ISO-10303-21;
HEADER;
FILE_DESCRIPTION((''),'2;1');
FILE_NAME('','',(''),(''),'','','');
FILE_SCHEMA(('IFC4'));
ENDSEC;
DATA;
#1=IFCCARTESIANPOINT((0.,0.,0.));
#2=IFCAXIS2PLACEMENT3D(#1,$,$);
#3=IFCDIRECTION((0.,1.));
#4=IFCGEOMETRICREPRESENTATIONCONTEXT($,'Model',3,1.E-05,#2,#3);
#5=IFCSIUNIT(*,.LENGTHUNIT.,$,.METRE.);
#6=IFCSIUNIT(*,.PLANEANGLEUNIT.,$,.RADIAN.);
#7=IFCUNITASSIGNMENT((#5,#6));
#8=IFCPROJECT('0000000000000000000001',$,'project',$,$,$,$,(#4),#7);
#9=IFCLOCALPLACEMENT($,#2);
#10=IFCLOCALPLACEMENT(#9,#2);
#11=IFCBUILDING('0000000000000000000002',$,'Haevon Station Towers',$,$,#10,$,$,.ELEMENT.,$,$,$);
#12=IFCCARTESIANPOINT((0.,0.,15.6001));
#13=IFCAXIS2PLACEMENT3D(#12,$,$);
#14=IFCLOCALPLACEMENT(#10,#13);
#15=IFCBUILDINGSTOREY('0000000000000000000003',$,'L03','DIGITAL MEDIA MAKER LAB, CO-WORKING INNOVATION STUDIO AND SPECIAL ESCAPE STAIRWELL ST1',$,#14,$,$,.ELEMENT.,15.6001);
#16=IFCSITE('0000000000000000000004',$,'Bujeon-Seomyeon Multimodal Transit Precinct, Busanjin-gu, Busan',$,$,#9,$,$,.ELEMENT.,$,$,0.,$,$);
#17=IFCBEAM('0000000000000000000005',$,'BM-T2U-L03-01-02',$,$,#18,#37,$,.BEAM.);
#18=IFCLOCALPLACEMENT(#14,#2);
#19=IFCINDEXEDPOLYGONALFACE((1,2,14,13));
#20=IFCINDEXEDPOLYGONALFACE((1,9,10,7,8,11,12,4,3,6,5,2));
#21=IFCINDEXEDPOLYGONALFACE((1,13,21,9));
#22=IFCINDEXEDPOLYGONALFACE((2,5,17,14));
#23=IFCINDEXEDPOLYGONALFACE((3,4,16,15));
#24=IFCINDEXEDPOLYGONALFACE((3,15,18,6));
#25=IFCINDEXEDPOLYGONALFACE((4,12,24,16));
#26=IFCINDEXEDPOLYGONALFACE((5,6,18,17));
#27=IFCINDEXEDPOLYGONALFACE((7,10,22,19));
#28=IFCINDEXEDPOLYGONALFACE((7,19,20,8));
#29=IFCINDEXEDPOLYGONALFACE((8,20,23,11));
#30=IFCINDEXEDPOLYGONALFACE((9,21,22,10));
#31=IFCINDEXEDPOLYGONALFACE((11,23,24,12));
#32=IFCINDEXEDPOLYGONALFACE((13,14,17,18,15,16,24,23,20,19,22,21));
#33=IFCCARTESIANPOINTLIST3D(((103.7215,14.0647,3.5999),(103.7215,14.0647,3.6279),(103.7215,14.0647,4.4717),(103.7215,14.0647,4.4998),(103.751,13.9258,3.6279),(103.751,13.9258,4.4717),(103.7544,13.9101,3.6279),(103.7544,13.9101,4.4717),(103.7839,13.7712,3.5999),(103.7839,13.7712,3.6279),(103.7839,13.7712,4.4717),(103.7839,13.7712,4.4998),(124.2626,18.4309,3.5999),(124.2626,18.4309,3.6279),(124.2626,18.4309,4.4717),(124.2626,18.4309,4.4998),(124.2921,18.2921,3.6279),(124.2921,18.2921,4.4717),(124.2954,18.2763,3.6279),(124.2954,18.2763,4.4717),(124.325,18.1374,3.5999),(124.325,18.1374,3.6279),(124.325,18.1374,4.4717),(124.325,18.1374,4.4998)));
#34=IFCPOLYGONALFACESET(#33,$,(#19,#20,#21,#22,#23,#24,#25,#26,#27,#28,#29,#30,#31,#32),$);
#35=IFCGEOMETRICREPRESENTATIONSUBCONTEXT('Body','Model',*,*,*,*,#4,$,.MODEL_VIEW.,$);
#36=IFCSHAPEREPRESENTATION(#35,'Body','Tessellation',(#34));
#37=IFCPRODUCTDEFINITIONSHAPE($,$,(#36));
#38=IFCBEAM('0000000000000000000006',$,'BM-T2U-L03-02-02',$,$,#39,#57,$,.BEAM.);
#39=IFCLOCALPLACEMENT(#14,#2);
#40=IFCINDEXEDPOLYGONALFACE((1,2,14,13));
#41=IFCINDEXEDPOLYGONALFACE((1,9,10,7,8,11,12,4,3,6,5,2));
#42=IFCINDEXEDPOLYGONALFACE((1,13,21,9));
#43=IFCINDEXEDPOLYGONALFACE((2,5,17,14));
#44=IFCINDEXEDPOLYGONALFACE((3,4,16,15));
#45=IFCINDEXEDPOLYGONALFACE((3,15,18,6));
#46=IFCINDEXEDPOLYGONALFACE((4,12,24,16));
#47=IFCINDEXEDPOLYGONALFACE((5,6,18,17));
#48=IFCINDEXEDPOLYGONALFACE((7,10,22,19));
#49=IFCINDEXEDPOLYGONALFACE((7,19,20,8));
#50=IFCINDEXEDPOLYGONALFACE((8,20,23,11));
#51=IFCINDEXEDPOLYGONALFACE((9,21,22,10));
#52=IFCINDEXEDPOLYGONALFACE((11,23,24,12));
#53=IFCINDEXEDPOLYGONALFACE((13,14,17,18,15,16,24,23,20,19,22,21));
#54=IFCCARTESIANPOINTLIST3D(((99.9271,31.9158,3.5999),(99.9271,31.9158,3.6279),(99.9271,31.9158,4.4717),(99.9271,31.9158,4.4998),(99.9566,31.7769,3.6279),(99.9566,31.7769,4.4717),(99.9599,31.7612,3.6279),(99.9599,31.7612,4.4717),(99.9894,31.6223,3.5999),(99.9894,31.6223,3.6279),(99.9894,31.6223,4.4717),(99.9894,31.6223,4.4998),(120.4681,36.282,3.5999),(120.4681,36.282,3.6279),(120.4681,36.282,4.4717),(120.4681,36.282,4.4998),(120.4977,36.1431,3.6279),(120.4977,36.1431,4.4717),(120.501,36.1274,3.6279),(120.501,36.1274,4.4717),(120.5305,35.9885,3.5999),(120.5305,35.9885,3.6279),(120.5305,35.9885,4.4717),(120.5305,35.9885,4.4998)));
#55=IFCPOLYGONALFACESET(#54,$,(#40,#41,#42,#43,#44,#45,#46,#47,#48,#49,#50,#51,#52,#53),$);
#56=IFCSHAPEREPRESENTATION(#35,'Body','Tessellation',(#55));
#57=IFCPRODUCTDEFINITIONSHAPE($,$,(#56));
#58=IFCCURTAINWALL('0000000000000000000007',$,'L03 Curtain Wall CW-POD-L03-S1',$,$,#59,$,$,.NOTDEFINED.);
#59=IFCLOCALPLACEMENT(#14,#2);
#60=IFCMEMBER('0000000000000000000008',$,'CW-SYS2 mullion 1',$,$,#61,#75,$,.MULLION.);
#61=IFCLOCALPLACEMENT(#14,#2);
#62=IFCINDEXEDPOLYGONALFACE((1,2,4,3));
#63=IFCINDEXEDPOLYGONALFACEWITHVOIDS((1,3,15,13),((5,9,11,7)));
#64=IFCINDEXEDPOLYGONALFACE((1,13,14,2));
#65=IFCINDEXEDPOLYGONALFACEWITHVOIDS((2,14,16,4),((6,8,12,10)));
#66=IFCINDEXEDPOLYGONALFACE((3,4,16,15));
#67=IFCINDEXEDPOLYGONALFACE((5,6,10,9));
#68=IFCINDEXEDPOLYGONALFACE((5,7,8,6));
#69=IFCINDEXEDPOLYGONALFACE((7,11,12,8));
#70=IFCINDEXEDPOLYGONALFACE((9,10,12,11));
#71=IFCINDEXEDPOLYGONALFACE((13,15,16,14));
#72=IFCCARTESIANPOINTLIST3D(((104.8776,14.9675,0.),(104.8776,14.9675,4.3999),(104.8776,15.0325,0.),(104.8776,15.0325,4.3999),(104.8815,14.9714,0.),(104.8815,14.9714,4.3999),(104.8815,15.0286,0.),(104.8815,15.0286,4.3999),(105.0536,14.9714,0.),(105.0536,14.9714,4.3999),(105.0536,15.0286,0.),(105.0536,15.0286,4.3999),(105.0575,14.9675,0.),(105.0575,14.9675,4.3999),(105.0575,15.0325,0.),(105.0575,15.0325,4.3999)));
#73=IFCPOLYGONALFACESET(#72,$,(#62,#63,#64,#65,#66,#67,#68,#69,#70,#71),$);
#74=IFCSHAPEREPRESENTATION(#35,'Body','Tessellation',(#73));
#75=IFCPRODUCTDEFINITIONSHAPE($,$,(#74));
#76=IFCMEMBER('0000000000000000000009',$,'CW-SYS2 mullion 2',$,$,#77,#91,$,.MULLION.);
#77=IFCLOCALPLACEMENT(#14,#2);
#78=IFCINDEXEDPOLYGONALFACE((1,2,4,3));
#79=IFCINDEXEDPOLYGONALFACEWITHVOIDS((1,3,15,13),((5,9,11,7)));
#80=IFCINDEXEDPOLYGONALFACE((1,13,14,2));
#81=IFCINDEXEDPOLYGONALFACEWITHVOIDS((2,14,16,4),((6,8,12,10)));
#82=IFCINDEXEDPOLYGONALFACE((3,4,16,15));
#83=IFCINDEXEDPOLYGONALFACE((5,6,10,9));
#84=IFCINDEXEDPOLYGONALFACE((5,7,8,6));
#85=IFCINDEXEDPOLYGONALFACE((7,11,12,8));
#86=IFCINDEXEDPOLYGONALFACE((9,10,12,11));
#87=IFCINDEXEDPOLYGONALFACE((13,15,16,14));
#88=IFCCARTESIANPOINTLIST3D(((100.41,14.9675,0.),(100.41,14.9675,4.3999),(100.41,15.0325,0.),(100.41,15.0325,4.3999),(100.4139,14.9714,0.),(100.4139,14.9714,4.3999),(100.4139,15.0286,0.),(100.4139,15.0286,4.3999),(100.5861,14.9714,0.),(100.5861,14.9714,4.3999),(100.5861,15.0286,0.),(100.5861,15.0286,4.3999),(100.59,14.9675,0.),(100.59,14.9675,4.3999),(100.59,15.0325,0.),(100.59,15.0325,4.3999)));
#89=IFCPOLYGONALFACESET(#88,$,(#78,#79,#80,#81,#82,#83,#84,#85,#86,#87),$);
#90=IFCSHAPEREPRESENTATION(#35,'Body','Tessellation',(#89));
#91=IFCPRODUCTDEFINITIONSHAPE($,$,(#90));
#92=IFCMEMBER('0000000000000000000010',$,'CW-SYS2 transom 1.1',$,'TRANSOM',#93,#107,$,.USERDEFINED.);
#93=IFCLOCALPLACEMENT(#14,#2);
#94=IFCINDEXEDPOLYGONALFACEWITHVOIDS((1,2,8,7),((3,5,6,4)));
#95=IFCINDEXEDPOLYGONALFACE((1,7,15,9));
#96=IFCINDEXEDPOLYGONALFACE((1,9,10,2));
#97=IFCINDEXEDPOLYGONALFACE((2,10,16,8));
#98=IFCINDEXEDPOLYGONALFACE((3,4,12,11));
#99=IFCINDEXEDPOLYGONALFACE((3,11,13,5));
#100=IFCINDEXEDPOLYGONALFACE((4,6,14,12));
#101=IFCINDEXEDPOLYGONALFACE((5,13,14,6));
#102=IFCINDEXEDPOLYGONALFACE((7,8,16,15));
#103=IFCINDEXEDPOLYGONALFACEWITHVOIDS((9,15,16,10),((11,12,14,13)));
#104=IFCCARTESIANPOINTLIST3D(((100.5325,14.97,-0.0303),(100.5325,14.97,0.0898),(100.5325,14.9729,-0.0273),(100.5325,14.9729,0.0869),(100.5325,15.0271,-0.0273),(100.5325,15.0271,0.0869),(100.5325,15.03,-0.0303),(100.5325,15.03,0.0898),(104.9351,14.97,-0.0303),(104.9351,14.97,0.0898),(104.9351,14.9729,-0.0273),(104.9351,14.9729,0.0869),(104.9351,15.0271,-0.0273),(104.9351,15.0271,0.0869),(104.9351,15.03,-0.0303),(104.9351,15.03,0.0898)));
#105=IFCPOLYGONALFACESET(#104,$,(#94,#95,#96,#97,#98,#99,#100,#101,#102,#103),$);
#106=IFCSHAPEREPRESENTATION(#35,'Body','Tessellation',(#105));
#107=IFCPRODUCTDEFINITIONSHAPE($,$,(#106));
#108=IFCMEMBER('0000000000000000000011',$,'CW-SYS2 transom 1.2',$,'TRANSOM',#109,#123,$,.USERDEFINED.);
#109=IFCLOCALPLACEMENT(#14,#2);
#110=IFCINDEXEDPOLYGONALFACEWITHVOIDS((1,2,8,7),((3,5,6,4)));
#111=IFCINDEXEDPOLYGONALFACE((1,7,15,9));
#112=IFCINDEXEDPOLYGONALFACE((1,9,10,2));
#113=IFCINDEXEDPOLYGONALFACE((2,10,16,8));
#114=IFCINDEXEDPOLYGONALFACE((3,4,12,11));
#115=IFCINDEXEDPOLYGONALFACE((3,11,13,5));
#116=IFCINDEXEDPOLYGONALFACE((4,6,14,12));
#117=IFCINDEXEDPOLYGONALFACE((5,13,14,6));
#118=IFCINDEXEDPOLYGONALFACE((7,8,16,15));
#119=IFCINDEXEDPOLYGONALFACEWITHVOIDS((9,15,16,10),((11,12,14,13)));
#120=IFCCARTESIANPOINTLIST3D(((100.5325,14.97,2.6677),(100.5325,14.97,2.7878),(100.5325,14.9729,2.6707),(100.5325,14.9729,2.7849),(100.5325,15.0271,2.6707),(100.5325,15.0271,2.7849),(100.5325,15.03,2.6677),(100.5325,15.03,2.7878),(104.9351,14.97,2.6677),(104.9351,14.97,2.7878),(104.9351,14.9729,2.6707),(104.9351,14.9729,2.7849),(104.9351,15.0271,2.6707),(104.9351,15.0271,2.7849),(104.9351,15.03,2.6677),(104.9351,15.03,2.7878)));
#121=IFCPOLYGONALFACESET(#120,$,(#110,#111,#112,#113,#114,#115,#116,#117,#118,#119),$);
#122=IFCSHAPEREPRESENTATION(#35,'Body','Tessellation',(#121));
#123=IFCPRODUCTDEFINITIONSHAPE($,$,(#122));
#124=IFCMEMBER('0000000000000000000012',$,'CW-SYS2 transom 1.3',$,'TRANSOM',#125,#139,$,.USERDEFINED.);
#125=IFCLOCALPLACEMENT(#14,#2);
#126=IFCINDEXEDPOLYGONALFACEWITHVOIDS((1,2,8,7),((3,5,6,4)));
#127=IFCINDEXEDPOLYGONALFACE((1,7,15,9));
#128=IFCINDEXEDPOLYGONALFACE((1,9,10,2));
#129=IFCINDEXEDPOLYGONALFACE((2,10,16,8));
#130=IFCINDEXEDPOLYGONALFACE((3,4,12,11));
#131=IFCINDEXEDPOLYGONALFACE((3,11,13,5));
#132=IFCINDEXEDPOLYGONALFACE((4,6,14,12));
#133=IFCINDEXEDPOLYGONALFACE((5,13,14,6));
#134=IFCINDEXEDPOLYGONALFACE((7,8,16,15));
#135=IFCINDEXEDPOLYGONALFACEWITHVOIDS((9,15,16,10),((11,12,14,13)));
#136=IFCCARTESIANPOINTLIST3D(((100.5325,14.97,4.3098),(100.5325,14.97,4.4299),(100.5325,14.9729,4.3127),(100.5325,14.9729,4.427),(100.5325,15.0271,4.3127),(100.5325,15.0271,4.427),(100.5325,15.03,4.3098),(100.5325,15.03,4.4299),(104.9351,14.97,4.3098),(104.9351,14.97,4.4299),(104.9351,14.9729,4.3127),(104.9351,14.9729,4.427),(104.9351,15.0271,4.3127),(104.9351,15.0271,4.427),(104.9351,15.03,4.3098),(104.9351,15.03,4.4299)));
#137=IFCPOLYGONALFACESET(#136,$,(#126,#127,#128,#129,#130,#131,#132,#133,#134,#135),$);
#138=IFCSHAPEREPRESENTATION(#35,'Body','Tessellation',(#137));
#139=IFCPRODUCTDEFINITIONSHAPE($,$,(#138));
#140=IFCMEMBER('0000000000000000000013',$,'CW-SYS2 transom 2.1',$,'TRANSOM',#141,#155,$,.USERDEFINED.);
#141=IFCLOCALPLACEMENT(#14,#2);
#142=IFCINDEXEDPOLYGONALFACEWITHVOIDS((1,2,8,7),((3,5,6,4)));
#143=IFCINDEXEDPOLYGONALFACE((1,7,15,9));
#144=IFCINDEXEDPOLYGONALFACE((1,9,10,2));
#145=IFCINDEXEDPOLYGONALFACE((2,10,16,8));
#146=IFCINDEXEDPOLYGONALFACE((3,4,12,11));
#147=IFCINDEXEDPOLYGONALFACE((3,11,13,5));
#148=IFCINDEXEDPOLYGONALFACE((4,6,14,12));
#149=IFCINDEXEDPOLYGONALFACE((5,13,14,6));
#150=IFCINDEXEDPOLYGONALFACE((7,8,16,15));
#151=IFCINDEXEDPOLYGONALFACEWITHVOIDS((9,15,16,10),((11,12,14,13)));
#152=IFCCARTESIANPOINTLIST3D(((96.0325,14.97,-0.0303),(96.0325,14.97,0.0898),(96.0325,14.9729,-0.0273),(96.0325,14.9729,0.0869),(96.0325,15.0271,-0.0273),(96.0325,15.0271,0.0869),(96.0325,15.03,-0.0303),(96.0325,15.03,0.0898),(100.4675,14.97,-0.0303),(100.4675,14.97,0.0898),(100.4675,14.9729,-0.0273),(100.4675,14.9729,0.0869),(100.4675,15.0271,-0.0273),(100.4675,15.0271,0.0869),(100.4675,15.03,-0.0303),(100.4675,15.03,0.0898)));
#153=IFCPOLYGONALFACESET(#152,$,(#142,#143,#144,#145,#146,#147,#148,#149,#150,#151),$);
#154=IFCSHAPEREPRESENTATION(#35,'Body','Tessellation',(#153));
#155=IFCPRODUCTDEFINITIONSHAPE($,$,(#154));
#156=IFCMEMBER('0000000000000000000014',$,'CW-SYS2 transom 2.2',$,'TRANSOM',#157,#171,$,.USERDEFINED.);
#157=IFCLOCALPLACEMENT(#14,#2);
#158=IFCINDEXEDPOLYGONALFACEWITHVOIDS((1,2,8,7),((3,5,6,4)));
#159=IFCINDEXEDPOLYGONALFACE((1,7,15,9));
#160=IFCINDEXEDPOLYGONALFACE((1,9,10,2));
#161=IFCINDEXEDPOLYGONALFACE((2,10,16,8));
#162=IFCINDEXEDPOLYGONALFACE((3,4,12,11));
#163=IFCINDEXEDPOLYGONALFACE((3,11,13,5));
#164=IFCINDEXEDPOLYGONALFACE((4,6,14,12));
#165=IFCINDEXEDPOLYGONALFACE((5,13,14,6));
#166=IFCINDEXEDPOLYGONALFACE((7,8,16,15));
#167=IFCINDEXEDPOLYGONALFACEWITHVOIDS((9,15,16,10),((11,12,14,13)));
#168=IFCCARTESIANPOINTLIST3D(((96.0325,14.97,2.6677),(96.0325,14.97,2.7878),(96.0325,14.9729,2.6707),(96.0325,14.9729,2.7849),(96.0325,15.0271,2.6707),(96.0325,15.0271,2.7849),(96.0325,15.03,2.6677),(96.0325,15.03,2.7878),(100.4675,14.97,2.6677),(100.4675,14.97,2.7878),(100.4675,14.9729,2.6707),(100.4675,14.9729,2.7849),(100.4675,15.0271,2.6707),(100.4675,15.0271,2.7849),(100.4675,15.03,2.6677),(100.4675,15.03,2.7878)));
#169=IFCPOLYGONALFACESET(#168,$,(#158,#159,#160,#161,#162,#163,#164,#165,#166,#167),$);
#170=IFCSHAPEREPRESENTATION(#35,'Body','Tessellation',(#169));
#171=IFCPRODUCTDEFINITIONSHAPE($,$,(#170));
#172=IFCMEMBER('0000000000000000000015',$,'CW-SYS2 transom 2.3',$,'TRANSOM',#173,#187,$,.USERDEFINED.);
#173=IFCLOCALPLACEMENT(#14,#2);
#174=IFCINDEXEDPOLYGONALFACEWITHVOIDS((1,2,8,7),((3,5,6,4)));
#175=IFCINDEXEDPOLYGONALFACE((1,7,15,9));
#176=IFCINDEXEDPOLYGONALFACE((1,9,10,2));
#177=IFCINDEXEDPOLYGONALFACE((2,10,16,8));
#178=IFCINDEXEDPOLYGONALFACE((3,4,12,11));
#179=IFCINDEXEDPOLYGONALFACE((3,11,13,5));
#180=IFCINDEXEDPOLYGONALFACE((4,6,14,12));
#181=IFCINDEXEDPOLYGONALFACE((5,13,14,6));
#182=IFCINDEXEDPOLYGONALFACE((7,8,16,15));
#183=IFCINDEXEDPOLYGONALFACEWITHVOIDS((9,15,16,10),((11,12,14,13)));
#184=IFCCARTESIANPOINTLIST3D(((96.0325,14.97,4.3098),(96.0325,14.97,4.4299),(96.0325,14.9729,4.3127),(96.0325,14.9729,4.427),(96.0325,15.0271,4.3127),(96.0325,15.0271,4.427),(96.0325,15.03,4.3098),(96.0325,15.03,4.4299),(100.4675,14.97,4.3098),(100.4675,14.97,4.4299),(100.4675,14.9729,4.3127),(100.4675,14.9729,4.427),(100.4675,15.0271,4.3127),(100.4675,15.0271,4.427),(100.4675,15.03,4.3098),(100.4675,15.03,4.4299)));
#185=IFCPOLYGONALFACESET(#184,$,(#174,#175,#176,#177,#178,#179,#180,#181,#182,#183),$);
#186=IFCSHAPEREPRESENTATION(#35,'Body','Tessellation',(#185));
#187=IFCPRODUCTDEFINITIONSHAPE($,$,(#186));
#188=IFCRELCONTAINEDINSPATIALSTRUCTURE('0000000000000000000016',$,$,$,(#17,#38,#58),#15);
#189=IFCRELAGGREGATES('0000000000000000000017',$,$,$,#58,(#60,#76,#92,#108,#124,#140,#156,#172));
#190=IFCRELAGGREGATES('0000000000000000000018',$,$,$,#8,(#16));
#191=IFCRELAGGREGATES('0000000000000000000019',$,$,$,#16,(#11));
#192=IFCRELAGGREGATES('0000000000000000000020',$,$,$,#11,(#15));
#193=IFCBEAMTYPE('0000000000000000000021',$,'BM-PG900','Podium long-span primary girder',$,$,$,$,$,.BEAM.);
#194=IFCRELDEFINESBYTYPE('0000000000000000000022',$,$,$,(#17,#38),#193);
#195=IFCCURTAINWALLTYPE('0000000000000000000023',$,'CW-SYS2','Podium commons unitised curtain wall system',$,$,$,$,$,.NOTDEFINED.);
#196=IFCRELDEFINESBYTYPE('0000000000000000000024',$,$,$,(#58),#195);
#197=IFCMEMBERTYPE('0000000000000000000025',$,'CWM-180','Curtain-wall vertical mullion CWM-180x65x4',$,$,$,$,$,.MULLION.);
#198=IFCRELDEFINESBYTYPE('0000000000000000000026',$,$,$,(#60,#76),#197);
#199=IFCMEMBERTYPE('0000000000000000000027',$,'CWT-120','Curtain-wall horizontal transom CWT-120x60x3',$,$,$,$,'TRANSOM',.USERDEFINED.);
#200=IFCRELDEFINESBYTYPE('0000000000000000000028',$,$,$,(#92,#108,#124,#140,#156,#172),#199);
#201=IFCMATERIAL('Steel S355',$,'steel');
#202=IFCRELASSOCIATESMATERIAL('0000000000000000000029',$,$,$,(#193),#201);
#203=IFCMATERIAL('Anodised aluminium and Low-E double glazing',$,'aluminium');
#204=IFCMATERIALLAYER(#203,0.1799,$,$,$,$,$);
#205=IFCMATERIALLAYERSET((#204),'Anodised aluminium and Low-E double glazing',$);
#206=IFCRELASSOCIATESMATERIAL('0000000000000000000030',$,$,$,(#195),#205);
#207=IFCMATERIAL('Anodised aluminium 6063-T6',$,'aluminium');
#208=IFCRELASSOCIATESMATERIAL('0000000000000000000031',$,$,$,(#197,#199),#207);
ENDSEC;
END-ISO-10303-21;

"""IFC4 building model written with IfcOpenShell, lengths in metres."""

from ifc_helpers import new_model, si_unit, direction, frame, origin, origin_2d, place, context, subcontext, project, spatial, hollow_rectangle, i_section, extrude, material, layer, layer_set, material_profile, profile_set, type_object, element, aggregate, save


model = new_model("IFC4")

# Units and contexts
model_context = context("Model", 3, precision=1e-05, world=origin(), true_north=direction((0.0, 1.0)))
body_context = subcontext(model_context, "Body", "Model", "MODEL_VIEW")
ifc_project = project(units=[si_unit("LENGTHUNIT", "METRE"), si_unit("PLANEANGLEUNIT", "RADIAN")], contexts=[model_context])

# Site, building, storey
site_placement = place(None, origin())
site = spatial("IfcSite", under=ifc_project, at=site_placement, Name="Bujeon-Seomyeon Multimodal Transit Precinct, Busanjin-gu, Busan", CompositionType="ELEMENT", RefElevation=0.0)
building_placement = place(site_placement, origin())
building = spatial("IfcBuilding", under=site, at=building_placement, Name="Haevon Station Towers", CompositionType="ELEMENT")
storey_placement = place(building_placement, frame((0.0, 0.0, 15.6001)))
storey = spatial("IfcBuildingStorey", under=building, at=storey_placement, Name="L03", Description="DIGITAL MEDIA MAKER LAB, CO-WORKING INNOVATION STUDIO AND SPECIAL ESCAPE STAIRWELL ST1", CompositionType="ELEMENT", Elevation=15.6001)

# Beams
ifc_material_1 = material(Name="Steel S355", Category="steel")
ifc_material_profile_1 = material_profile(ifc_material_1, i_section(OverallWidth=0.3, OverallDepth=0.8999, WebThickness=0.0161, FlangeThickness=0.0281, at=origin_2d()), Name="H-900x300x16x28")
ifc_profile_set_1 = profile_set([ifc_material_profile_1], Name="Steel S355")
beam_type_1 = type_object("IfcBeamType", Name="BM-PG900", Description="Podium long-span primary girder", PredefinedType="BEAM", material=ifc_profile_set_1)
for number, where, z_axis, x_axis, name in (
    (1, (103.7527, 13.918, 4.0498), (0.978147, 0.207915, 0.0), (-0.207915, 0.978147, 0.0), "BM-T2U-L03-01-02"),
    (2, (99.9583, 31.769, 4.0498), (0.978147, 0.207915, 0.0), (-0.207915, 0.978147, 0.0), "BM-T2U-L03-02-02"),
):
    element("IfcBeam", number, at=place(storey_placement, frame(where, z_axis=z_axis, x_axis=x_axis)), inside=storey, type_object=beam_type_1, Name=name, PredefinedType="BEAM", context=body_context, shape_type="SweptSolid", body=[
        extrude(i_section(OverallWidth=0.3, OverallDepth=0.8999, WebThickness=0.0161, FlangeThickness=0.0281, at=origin_2d()), origin(), (0.0, 0.0, 1.0), 21.0),
    ])

# Curtain wall, members
ifc_material_2 = material(Name="Anodised aluminium and Low-E double glazing", Category="aluminium")
ifc_layer_1 = layer(ifc_material_2, 0.1799)
ifc_layer_set_1 = layer_set([ifc_layer_1], Name="Anodised aluminium and Low-E double glazing")
curtain_wall_type = type_object("IfcCurtainWallType", Name="CW-SYS2", Description="Podium commons unitised curtain wall system", PredefinedType="NOTDEFINED", material=ifc_layer_set_1)
curtain_wall_placement = place(storey_placement, origin())
curtain_wall = element("IfcCurtainWall", 3, at=curtain_wall_placement, inside=storey, type_object=curtain_wall_type, Name="L03 Curtain Wall CW-POD-L03-S1", PredefinedType="NOTDEFINED")
ifc_material_3 = material(Name="Anodised aluminium 6063-T6", Category="aluminium")
ifc_material_profile_2 = material_profile(ifc_material_3, hollow_rectangle(XDim=0.0649, YDim=0.1799, WallThickness=0.0039, at=origin_2d()), Name="CWM-180x65x4")
ifc_profile_set_2 = profile_set([ifc_material_profile_2], Name="Anodised aluminium 6063-T6")
member_type_1 = type_object("IfcMemberType", Name="CWM-180", Description="Curtain-wall vertical mullion CWM-180x65x4", PredefinedType="MULLION", material=ifc_profile_set_2)
member_1_placement = place(storey_placement, frame((104.9675, 15.0, 0.0), z_axis=(0.0, 0.0, 1.0), x_axis=(0.0, -1.0, 0.0)))
member_1 = element("IfcMember", 4, at=member_1_placement, type_object=member_type_1, Name="CW-SYS2 mullion 1", PredefinedType="MULLION", context=body_context, shape_type="SweptSolid", body=[
    extrude(hollow_rectangle(XDim=0.0649, YDim=0.1799, WallThickness=0.0039, at=origin_2d()), origin(), (0.0, 0.0, 1.0), 4.3999),
])
member_2_placement = place(storey_placement, frame((100.5, 15.0, 0.0), z_axis=(0.0, 0.0, 1.0), x_axis=(0.0, -1.0, 0.0)))
member_2 = element("IfcMember", 5, at=member_2_placement, type_object=member_type_1, Name="CW-SYS2 mullion 2", PredefinedType="MULLION", context=body_context, shape_type="SweptSolid", body=[
    extrude(hollow_rectangle(XDim=0.0649, YDim=0.1799, WallThickness=0.0039, at=origin_2d()), origin(), (0.0, 0.0, 1.0), 4.3999),
])
ifc_material_profile_3 = material_profile(ifc_material_3, hollow_rectangle(XDim=0.0601, YDim=0.1201, WallThickness=0.0029, at=origin_2d()), Name="CWT-120x60x3")
ifc_profile_set_3 = profile_set([ifc_material_profile_3], Name="Anodised aluminium 6063-T6")
member_type_2 = type_object("IfcMemberType", Name="CWT-120", Description="Curtain-wall horizontal transom CWT-120x60x3", ElementType="TRANSOM", PredefinedType="USERDEFINED", material=ifc_profile_set_3)
member_3_placement = place(storey_placement, frame((104.9351, 15.0, 0.0298), z_axis=(-1.0, 0.0, 0.0), x_axis=(0.0, -1.0, 0.0)))
member_3 = element("IfcMember", 6, at=member_3_placement, type_object=member_type_2, Name="CW-SYS2 transom 1.1", ObjectType="TRANSOM", PredefinedType="USERDEFINED", context=body_context, shape_type="SweptSolid", body=[
    extrude(hollow_rectangle(XDim=0.0601, YDim=0.1201, WallThickness=0.0029, at=origin_2d()), origin(), (0.0, 0.0, 1.0), 4.4026),
])
member_4_placement = place(storey_placement, frame((104.9351, 15.0, 2.7278), z_axis=(-1.0, 0.0, 0.0), x_axis=(0.0, -1.0, 0.0)))
member_4 = element("IfcMember", 7, at=member_4_placement, type_object=member_type_2, Name="CW-SYS2 transom 1.2", ObjectType="TRANSOM", PredefinedType="USERDEFINED", context=body_context, shape_type="SweptSolid", body=[
    extrude(hollow_rectangle(XDim=0.0601, YDim=0.1201, WallThickness=0.0029, at=origin_2d()), origin(), (0.0, 0.0, 1.0), 4.4026),
])
member_5_placement = place(storey_placement, frame((104.9351, 15.0, 4.3699), z_axis=(-1.0, 0.0, 0.0), x_axis=(0.0, -1.0, 0.0)))
member_5 = element("IfcMember", 8, at=member_5_placement, type_object=member_type_2, Name="CW-SYS2 transom 1.3", ObjectType="TRANSOM", PredefinedType="USERDEFINED", context=body_context, shape_type="SweptSolid", body=[
    extrude(hollow_rectangle(XDim=0.0601, YDim=0.1201, WallThickness=0.0029, at=origin_2d()), origin(), (0.0, 0.0, 1.0), 4.4026),
])
member_6_placement = place(storey_placement, frame((100.4675, 15.0, 0.0298), z_axis=(-1.0, 0.0, 0.0), x_axis=(0.0, -1.0, 0.0)))
member_6 = element("IfcMember", 9, at=member_6_placement, type_object=member_type_2, Name="CW-SYS2 transom 2.1", ObjectType="TRANSOM", PredefinedType="USERDEFINED", context=body_context, shape_type="SweptSolid", body=[
    extrude(hollow_rectangle(XDim=0.0601, YDim=0.1201, WallThickness=0.0029, at=origin_2d()), origin(), (0.0, 0.0, 1.0), 4.4351),
])
member_7_placement = place(storey_placement, frame((100.4675, 15.0, 2.7278), z_axis=(-1.0, 0.0, 0.0), x_axis=(0.0, -1.0, 0.0)))
member_7 = element("IfcMember", 10, at=member_7_placement, type_object=member_type_2, Name="CW-SYS2 transom 2.2", ObjectType="TRANSOM", PredefinedType="USERDEFINED", context=body_context, shape_type="SweptSolid", body=[
    extrude(hollow_rectangle(XDim=0.0601, YDim=0.1201, WallThickness=0.0029, at=origin_2d()), origin(), (0.0, 0.0, 1.0), 4.4351),
])
member_8_placement = place(storey_placement, frame((100.4675, 15.0, 4.3699), z_axis=(-1.0, 0.0, 0.0), x_axis=(0.0, -1.0, 0.0)))
member_8 = element("IfcMember", 11, at=member_8_placement, type_object=member_type_2, Name="CW-SYS2 transom 2.3", ObjectType="TRANSOM", PredefinedType="USERDEFINED", context=body_context, shape_type="SweptSolid", body=[
    extrude(hollow_rectangle(XDim=0.0601, YDim=0.1201, WallThickness=0.0029, at=origin_2d()), origin(), (0.0, 0.0, 1.0), 4.4351),
])
aggregate(curtain_wall, [member_1, member_2, member_3, member_4, member_5, member_6, member_7, member_8])

save(model, "model.ifc")
